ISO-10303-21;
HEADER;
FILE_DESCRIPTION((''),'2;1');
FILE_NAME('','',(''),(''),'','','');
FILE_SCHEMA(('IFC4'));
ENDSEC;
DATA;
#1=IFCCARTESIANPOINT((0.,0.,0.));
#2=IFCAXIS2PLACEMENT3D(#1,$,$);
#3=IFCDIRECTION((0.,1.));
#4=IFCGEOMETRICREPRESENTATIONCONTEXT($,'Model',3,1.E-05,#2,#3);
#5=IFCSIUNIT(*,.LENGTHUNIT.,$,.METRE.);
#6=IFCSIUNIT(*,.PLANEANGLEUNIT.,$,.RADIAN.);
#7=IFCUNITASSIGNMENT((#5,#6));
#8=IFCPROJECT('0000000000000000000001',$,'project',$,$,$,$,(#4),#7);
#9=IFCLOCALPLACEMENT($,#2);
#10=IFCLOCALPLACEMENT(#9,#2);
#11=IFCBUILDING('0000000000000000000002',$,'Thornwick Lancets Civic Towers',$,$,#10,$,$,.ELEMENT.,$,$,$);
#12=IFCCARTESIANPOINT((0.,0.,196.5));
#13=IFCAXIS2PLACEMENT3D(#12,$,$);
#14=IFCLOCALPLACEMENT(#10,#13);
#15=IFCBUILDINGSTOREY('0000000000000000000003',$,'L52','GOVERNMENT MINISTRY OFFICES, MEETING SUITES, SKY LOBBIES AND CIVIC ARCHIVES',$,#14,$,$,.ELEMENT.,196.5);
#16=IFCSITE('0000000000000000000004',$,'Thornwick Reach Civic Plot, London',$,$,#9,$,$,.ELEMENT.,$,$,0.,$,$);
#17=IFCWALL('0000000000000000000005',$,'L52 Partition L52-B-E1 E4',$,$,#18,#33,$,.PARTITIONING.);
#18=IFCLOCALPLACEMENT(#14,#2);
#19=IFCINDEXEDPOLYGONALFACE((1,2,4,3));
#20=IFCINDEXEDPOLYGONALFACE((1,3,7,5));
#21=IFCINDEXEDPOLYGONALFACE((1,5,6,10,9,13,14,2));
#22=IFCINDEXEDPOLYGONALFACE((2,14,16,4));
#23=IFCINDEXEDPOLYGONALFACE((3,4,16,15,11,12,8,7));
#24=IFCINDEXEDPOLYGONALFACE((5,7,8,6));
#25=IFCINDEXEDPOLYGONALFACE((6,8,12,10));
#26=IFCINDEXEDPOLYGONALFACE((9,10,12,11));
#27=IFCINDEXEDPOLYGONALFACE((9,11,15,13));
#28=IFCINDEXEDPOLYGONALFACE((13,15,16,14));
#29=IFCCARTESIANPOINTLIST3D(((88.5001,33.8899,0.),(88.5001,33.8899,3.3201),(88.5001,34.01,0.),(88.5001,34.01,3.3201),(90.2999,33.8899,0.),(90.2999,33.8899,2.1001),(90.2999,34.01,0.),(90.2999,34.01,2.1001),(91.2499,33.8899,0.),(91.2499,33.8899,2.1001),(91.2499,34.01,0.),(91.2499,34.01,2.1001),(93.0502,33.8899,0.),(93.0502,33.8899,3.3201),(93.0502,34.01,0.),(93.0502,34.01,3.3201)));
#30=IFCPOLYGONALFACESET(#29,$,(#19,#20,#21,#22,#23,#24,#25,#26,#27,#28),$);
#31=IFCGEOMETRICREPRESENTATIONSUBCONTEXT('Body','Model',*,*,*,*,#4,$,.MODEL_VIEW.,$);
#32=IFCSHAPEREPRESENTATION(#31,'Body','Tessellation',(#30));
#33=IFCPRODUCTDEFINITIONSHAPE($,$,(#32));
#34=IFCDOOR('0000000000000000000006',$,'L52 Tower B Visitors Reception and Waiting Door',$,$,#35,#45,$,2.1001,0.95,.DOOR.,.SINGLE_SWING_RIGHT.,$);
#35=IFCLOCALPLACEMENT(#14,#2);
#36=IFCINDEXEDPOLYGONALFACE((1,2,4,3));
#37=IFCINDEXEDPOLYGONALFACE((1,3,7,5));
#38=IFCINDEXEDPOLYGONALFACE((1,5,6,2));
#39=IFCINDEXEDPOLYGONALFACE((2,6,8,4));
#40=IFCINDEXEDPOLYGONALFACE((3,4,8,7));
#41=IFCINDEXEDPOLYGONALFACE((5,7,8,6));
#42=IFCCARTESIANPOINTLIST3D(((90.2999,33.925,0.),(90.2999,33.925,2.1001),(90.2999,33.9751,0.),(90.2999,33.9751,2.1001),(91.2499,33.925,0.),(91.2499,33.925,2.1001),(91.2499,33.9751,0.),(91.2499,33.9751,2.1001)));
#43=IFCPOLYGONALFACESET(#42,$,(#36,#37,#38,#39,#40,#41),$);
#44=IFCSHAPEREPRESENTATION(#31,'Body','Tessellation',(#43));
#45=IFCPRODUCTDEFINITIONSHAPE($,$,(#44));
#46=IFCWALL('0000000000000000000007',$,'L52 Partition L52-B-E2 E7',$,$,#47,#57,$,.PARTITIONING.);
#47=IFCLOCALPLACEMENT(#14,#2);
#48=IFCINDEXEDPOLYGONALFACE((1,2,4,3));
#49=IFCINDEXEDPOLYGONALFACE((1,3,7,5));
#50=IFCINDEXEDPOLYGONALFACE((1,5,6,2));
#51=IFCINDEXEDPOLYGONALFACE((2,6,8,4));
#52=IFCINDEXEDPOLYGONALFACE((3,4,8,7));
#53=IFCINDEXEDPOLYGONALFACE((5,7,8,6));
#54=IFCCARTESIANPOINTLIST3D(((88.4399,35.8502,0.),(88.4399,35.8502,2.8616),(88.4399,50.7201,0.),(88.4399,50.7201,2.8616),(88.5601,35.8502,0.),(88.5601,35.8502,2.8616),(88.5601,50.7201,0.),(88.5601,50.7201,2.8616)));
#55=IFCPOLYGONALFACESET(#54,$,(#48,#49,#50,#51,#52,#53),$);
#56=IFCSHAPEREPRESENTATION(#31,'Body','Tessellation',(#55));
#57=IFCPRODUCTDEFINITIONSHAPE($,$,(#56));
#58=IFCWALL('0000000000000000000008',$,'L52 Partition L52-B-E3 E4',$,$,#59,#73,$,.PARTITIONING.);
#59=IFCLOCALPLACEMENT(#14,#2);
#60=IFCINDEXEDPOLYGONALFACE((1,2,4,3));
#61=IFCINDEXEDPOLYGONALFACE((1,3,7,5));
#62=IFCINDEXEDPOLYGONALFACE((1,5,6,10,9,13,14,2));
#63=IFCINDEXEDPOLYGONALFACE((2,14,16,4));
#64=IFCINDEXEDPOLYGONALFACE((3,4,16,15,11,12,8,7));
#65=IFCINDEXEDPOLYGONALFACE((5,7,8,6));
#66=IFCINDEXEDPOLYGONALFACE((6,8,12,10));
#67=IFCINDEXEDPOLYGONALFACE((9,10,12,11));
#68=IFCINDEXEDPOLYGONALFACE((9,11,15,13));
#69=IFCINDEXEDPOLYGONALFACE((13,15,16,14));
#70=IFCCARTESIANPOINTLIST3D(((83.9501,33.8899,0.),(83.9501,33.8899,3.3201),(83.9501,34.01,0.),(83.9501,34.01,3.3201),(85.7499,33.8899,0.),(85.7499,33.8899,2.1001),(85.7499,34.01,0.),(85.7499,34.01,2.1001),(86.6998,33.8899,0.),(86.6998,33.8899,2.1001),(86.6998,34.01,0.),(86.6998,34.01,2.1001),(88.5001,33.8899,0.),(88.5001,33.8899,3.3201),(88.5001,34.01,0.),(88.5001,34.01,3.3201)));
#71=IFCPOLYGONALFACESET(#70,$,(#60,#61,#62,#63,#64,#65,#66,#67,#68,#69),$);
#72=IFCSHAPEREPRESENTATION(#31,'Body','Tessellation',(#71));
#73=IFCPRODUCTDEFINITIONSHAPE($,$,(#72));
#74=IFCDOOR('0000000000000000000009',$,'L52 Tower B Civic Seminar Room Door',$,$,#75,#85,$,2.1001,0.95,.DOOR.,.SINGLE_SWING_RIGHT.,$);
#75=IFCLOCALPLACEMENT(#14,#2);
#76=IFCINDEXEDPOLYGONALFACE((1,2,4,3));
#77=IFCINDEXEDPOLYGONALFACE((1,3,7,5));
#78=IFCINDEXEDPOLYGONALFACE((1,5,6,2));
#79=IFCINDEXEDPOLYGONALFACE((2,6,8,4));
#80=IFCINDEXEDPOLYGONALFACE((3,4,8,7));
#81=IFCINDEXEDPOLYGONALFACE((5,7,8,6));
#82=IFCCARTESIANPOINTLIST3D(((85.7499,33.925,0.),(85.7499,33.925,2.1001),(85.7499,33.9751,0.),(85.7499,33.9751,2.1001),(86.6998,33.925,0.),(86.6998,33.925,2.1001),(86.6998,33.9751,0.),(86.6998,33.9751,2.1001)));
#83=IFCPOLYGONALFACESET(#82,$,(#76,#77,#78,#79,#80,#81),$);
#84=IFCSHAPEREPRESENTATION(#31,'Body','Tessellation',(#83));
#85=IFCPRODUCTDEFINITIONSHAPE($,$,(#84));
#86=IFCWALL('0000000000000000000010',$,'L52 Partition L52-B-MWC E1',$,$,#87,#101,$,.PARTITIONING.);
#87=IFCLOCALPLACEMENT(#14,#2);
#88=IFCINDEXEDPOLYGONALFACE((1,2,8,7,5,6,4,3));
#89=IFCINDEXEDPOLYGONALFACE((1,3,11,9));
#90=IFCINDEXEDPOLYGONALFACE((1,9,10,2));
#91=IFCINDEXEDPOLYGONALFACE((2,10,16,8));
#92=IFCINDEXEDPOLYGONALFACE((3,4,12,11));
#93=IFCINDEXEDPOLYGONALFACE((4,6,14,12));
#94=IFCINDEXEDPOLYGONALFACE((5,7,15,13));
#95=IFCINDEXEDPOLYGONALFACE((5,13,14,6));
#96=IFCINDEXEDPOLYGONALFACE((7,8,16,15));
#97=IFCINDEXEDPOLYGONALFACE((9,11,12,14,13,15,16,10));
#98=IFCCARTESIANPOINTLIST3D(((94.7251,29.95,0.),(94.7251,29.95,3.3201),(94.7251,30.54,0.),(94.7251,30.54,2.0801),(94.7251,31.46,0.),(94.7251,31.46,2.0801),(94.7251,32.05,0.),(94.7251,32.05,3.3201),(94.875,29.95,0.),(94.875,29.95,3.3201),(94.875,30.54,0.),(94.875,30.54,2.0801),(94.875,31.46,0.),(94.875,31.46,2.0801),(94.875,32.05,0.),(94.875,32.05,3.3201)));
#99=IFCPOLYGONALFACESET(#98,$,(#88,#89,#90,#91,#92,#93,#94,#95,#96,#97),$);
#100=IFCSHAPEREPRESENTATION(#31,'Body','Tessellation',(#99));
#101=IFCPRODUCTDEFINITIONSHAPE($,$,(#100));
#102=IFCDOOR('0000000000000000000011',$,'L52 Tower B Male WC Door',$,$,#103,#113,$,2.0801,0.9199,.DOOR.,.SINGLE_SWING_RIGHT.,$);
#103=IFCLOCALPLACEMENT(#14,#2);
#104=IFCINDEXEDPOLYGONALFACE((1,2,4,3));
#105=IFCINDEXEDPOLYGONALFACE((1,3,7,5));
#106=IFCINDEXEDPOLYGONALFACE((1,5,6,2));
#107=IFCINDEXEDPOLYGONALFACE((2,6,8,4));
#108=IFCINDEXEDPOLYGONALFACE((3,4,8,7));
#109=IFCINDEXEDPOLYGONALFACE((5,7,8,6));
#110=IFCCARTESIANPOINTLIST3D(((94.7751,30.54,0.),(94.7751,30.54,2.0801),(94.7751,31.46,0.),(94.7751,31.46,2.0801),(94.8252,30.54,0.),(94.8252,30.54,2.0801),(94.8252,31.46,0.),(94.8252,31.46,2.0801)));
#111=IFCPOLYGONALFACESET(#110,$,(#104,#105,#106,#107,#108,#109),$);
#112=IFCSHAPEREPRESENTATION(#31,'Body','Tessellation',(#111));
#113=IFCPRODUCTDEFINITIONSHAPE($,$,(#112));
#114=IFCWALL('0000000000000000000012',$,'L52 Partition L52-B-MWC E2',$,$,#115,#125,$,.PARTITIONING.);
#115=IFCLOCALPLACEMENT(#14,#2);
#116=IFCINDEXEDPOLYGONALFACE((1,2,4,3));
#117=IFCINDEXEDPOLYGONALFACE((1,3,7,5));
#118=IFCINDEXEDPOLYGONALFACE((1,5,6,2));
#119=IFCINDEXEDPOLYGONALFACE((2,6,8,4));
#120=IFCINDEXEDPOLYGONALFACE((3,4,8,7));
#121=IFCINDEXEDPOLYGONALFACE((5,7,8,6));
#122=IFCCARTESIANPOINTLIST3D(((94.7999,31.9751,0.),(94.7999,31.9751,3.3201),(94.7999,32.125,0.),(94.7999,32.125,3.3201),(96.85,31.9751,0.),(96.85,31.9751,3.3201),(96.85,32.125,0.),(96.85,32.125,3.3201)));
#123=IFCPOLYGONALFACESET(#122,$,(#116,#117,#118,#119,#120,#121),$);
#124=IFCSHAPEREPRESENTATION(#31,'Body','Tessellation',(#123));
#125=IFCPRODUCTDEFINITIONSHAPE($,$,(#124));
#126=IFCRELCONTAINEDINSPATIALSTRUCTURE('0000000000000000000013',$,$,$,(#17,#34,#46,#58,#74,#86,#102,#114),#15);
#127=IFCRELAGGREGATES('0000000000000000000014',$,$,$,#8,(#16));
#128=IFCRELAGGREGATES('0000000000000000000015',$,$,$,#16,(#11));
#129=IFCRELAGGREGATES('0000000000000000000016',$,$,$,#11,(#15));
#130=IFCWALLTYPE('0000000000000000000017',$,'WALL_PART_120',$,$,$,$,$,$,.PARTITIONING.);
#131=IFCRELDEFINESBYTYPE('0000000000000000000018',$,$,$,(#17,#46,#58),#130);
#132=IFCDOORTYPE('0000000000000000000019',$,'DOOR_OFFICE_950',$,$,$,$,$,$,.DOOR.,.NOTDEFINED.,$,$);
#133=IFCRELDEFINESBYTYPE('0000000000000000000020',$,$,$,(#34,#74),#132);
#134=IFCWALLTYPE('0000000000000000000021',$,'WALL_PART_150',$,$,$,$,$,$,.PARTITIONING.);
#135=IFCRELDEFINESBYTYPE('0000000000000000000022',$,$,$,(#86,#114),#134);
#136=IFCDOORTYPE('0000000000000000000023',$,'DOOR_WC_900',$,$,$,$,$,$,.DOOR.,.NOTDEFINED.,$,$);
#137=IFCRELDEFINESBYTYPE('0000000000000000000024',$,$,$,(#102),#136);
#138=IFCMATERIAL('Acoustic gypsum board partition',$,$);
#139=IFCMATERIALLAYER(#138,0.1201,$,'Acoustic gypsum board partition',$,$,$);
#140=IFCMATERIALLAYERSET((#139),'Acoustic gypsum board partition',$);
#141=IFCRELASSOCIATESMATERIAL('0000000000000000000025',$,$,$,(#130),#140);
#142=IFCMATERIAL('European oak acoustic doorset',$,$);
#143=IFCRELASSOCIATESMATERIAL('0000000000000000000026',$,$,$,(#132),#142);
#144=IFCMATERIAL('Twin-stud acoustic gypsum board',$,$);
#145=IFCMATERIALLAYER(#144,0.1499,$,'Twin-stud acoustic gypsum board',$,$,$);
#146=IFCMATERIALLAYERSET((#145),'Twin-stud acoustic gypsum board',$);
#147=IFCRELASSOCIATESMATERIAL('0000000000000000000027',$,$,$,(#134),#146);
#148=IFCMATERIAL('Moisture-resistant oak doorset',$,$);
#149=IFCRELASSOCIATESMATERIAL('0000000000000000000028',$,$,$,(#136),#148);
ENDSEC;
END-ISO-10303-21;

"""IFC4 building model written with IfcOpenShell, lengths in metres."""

from ifc_helpers import new_model, si_unit, direction, frame, frame_2d, origin, place, context, subcontext, project, spatial, rectangle, extrude, material, layer, layer_set, type_object, element, fill, save


model = new_model("IFC4")

# Units and contexts
model_context = context("Model", 3, precision=1e-05, world=origin(), true_north=direction((0.0, 1.0)))
body_context = subcontext(model_context, "Body", "Model", "MODEL_VIEW")
ifc_project = project(units=[si_unit("LENGTHUNIT", "METRE"), si_unit("PLANEANGLEUNIT", "RADIAN")], contexts=[model_context])

# Site, building, storey
site_placement = place(None, origin())
site = spatial("IfcSite", under=ifc_project, at=site_placement, Name="Thornwick Reach Civic Plot, London", CompositionType="ELEMENT", RefElevation=0.0)
building_placement = place(site_placement, origin())
building = spatial("IfcBuilding", under=site, at=building_placement, Name="Thornwick Lancets Civic Towers", CompositionType="ELEMENT")
storey_placement = place(building_placement, frame((0.0, 0.0, 196.5)))
storey = spatial("IfcBuildingStorey", under=building, at=storey_placement, Name="L52", Description="GOVERNMENT MINISTRY OFFICES, MEETING SUITES, SKY LOBBIES AND CIVIC ARCHIVES", CompositionType="ELEMENT", Elevation=196.5)

# Shared definitions
ifc_material_1 = material(Name="Acoustic gypsum board partition")
ifc_layer_1 = layer(ifc_material_1, 0.1201, Name="Acoustic gypsum board partition")
ifc_layer_set_1 = layer_set([ifc_layer_1], Name="Acoustic gypsum board partition")
wall_type_1 = type_object("IfcWallType", Name="WALL_PART_120", PredefinedType="PARTITIONING", material=ifc_layer_set_1)

# Wall, opening, door
wall_1_placement = place(storey_placement, frame((93.05, 33.95, 0.0), z_axis=(0.0, 0.0, 1.0), x_axis=(-1.0, 0.0, 0.0)))
wall_1 = element("IfcWall", 1, at=wall_1_placement, inside=storey, type_object=wall_type_1, Name="L52 Partition L52-B-E1 E4", PredefinedType="PARTITIONING", context=body_context, shape_type="SweptSolid", body=[
    extrude(rectangle(XDim=4.55, YDim=0.1201, at=frame_2d((2.2749, 0.0))), origin(), (0.0, 0.0, 1.0), 3.3201),
])
opening_1_placement = place(wall_1_placement, frame((1.8, 0.0, 0.0)))
opening_1 = element("IfcOpeningElement", 2, at=opening_1_placement, cuts=wall_1, PredefinedType="OPENING", context=body_context, shape_type="SweptSolid", body=[
    extrude(rectangle(XDim=0.95, YDim=2.1001, at=frame_2d((0.4751, 1.05))), frame((0.0, 0.0701, 0.0), z_axis=(0.0, -1.0, 0.0), x_axis=(1.0, 0.0, 0.0)), (0.0, 0.0, 1.0), 0.1401),
])
ifc_material_2 = material(Name="European oak acoustic doorset")
door_type_1 = type_object("IfcDoorType", Name="DOOR_OFFICE_950", OperationType="NOTDEFINED", PredefinedType="DOOR", material=ifc_material_2)
door_1_placement = place(opening_1_placement, origin())
door_1 = element("IfcDoor", 3, at=door_1_placement, inside=storey, type_object=door_type_1, Name="L52 Tower B Visitors Reception and Waiting Door", OperationType="SINGLE_SWING_RIGHT", OverallHeight=2.1001, OverallWidth=0.95, PredefinedType="DOOR", context=body_context, shape_type="SweptSolid", body=[
    extrude(rectangle(XDim=0.95, YDim=2.1001, at=frame_2d((0.4751, 1.05))), frame((0.0, 0.0249, 0.0), z_axis=(0.0, -1.0, 0.0), x_axis=(1.0, 0.0, 0.0)), (0.0, 0.0, 1.0), 0.05),
])
fill(opening_1, door_1)

# Wall
wall_2_placement = place(storey_placement, frame((88.5, 35.8501, 0.0), z_axis=(0.0, 0.0, 1.0), x_axis=(0.0, 1.0, 0.0)))
element("IfcWall", 4, at=wall_2_placement, inside=storey, type_object=wall_type_1, Name="L52 Partition L52-B-E2 E7", PredefinedType="PARTITIONING", context=body_context, shape_type="SweptSolid", body=[
    extrude(rectangle(XDim=14.8699, YDim=0.1201, at=frame_2d((7.4351, 0.0))), origin(), (0.0, 0.0, 1.0), 2.8616),
])

# Walls, openings, doors
wall_3_placement = place(storey_placement, frame((88.5, 33.95, 0.0), z_axis=(0.0, 0.0, 1.0), x_axis=(-1.0, 0.0, 0.0)))
wall_3 = element("IfcWall", 5, at=wall_3_placement, inside=storey, type_object=wall_type_1, Name="L52 Partition L52-B-E3 E4", PredefinedType="PARTITIONING", context=body_context, shape_type="SweptSolid", body=[
    extrude(rectangle(XDim=4.55, YDim=0.1201, at=frame_2d((2.2749, 0.0))), origin(), (0.0, 0.0, 1.0), 3.3201),
])
opening_2_placement = place(wall_3_placement, frame((1.8, 0.0, 0.0)))
opening_2 = element("IfcOpeningElement", 6, at=opening_2_placement, cuts=wall_3, PredefinedType="OPENING", context=body_context, shape_type="SweptSolid", body=[
    extrude(rectangle(XDim=0.95, YDim=2.1001, at=frame_2d((0.4751, 1.05))), frame((0.0, 0.0701, 0.0), z_axis=(0.0, -1.0, 0.0), x_axis=(1.0, 0.0, 0.0)), (0.0, 0.0, 1.0), 0.1401),
])
door_2_placement = place(opening_2_placement, origin())
door_2 = element("IfcDoor", 7, at=door_2_placement, inside=storey, type_object=door_type_1, Name="L52 Tower B Civic Seminar Room Door", OperationType="SINGLE_SWING_RIGHT", OverallHeight=2.1001, OverallWidth=0.95, PredefinedType="DOOR", context=body_context, shape_type="SweptSolid", body=[
    extrude(rectangle(XDim=0.95, YDim=2.1001, at=frame_2d((0.4751, 1.05))), frame((0.0, 0.0249, 0.0), z_axis=(0.0, -1.0, 0.0), x_axis=(1.0, 0.0, 0.0)), (0.0, 0.0, 1.0), 0.05),
])
fill(opening_2, door_2)
ifc_material_3 = material(Name="Twin-stud acoustic gypsum board")
ifc_layer_2 = layer(ifc_material_3, 0.1499, Name="Twin-stud acoustic gypsum board")
ifc_layer_set_2 = layer_set([ifc_layer_2], Name="Twin-stud acoustic gypsum board")
wall_type_2 = type_object("IfcWallType", Name="WALL_PART_150", PredefinedType="PARTITIONING", material=ifc_layer_set_2)
wall_4_placement = place(storey_placement, frame((94.8, 29.95, 0.0), z_axis=(0.0, 0.0, 1.0), x_axis=(0.0, 1.0, 0.0)))
wall_4 = element("IfcWall", 8, at=wall_4_placement, inside=storey, type_object=wall_type_2, Name="L52 Partition L52-B-MWC E1", PredefinedType="PARTITIONING", context=body_context, shape_type="SweptSolid", body=[
    extrude(rectangle(XDim=2.1001, YDim=0.1499, at=frame_2d((1.05, 0.0))), origin(), (0.0, 0.0, 1.0), 3.3201),
])
opening_3_placement = place(wall_4_placement, frame((0.5901, 0.0, 0.0)))
opening_3 = element("IfcOpeningElement", 9, at=opening_3_placement, cuts=wall_4, PredefinedType="OPENING", context=body_context, shape_type="SweptSolid", body=[
    extrude(rectangle(XDim=0.9199, YDim=2.0801, at=frame_2d((0.46, 1.04))), frame((0.0, 0.085, 0.0), z_axis=(0.0, -1.0, 0.0), x_axis=(1.0, 0.0, 0.0)), (0.0, 0.0, 1.0), 0.1699),
])
ifc_material_4 = material(Name="Moisture-resistant oak doorset")
door_type_2 = type_object("IfcDoorType", Name="DOOR_WC_900", OperationType="NOTDEFINED", PredefinedType="DOOR", material=ifc_material_4)
door_3_placement = place(opening_3_placement, origin())
door_3 = element("IfcDoor", 10, at=door_3_placement, inside=storey, type_object=door_type_2, Name="L52 Tower B Male WC Door", OperationType="SINGLE_SWING_RIGHT", OverallHeight=2.0801, OverallWidth=0.9199, PredefinedType="DOOR", context=body_context, shape_type="SweptSolid", body=[
    extrude(rectangle(XDim=0.9199, YDim=2.0801, at=frame_2d((0.46, 1.04))), frame((0.0, 0.0249, 0.0), z_axis=(0.0, -1.0, 0.0), x_axis=(1.0, 0.0, 0.0)), (0.0, 0.0, 1.0), 0.05),
])
fill(opening_3, door_3)

# Wall
wall_5_placement = place(storey_placement, frame((94.8, 32.05, 0.0), z_axis=(0.0, 0.0, 1.0), x_axis=(1.0, 0.0, 0.0)))
element("IfcWall", 11, at=wall_5_placement, inside=storey, type_object=wall_type_2, Name="L52 Partition L52-B-MWC E2", PredefinedType="PARTITIONING", context=body_context, shape_type="SweptSolid", body=[
    extrude(rectangle(XDim=2.05, YDim=0.1499, at=frame_2d((1.0249, 0.0))), origin(), (0.0, 0.0, 1.0), 3.3201),
])

save(model, "model.ifc")
